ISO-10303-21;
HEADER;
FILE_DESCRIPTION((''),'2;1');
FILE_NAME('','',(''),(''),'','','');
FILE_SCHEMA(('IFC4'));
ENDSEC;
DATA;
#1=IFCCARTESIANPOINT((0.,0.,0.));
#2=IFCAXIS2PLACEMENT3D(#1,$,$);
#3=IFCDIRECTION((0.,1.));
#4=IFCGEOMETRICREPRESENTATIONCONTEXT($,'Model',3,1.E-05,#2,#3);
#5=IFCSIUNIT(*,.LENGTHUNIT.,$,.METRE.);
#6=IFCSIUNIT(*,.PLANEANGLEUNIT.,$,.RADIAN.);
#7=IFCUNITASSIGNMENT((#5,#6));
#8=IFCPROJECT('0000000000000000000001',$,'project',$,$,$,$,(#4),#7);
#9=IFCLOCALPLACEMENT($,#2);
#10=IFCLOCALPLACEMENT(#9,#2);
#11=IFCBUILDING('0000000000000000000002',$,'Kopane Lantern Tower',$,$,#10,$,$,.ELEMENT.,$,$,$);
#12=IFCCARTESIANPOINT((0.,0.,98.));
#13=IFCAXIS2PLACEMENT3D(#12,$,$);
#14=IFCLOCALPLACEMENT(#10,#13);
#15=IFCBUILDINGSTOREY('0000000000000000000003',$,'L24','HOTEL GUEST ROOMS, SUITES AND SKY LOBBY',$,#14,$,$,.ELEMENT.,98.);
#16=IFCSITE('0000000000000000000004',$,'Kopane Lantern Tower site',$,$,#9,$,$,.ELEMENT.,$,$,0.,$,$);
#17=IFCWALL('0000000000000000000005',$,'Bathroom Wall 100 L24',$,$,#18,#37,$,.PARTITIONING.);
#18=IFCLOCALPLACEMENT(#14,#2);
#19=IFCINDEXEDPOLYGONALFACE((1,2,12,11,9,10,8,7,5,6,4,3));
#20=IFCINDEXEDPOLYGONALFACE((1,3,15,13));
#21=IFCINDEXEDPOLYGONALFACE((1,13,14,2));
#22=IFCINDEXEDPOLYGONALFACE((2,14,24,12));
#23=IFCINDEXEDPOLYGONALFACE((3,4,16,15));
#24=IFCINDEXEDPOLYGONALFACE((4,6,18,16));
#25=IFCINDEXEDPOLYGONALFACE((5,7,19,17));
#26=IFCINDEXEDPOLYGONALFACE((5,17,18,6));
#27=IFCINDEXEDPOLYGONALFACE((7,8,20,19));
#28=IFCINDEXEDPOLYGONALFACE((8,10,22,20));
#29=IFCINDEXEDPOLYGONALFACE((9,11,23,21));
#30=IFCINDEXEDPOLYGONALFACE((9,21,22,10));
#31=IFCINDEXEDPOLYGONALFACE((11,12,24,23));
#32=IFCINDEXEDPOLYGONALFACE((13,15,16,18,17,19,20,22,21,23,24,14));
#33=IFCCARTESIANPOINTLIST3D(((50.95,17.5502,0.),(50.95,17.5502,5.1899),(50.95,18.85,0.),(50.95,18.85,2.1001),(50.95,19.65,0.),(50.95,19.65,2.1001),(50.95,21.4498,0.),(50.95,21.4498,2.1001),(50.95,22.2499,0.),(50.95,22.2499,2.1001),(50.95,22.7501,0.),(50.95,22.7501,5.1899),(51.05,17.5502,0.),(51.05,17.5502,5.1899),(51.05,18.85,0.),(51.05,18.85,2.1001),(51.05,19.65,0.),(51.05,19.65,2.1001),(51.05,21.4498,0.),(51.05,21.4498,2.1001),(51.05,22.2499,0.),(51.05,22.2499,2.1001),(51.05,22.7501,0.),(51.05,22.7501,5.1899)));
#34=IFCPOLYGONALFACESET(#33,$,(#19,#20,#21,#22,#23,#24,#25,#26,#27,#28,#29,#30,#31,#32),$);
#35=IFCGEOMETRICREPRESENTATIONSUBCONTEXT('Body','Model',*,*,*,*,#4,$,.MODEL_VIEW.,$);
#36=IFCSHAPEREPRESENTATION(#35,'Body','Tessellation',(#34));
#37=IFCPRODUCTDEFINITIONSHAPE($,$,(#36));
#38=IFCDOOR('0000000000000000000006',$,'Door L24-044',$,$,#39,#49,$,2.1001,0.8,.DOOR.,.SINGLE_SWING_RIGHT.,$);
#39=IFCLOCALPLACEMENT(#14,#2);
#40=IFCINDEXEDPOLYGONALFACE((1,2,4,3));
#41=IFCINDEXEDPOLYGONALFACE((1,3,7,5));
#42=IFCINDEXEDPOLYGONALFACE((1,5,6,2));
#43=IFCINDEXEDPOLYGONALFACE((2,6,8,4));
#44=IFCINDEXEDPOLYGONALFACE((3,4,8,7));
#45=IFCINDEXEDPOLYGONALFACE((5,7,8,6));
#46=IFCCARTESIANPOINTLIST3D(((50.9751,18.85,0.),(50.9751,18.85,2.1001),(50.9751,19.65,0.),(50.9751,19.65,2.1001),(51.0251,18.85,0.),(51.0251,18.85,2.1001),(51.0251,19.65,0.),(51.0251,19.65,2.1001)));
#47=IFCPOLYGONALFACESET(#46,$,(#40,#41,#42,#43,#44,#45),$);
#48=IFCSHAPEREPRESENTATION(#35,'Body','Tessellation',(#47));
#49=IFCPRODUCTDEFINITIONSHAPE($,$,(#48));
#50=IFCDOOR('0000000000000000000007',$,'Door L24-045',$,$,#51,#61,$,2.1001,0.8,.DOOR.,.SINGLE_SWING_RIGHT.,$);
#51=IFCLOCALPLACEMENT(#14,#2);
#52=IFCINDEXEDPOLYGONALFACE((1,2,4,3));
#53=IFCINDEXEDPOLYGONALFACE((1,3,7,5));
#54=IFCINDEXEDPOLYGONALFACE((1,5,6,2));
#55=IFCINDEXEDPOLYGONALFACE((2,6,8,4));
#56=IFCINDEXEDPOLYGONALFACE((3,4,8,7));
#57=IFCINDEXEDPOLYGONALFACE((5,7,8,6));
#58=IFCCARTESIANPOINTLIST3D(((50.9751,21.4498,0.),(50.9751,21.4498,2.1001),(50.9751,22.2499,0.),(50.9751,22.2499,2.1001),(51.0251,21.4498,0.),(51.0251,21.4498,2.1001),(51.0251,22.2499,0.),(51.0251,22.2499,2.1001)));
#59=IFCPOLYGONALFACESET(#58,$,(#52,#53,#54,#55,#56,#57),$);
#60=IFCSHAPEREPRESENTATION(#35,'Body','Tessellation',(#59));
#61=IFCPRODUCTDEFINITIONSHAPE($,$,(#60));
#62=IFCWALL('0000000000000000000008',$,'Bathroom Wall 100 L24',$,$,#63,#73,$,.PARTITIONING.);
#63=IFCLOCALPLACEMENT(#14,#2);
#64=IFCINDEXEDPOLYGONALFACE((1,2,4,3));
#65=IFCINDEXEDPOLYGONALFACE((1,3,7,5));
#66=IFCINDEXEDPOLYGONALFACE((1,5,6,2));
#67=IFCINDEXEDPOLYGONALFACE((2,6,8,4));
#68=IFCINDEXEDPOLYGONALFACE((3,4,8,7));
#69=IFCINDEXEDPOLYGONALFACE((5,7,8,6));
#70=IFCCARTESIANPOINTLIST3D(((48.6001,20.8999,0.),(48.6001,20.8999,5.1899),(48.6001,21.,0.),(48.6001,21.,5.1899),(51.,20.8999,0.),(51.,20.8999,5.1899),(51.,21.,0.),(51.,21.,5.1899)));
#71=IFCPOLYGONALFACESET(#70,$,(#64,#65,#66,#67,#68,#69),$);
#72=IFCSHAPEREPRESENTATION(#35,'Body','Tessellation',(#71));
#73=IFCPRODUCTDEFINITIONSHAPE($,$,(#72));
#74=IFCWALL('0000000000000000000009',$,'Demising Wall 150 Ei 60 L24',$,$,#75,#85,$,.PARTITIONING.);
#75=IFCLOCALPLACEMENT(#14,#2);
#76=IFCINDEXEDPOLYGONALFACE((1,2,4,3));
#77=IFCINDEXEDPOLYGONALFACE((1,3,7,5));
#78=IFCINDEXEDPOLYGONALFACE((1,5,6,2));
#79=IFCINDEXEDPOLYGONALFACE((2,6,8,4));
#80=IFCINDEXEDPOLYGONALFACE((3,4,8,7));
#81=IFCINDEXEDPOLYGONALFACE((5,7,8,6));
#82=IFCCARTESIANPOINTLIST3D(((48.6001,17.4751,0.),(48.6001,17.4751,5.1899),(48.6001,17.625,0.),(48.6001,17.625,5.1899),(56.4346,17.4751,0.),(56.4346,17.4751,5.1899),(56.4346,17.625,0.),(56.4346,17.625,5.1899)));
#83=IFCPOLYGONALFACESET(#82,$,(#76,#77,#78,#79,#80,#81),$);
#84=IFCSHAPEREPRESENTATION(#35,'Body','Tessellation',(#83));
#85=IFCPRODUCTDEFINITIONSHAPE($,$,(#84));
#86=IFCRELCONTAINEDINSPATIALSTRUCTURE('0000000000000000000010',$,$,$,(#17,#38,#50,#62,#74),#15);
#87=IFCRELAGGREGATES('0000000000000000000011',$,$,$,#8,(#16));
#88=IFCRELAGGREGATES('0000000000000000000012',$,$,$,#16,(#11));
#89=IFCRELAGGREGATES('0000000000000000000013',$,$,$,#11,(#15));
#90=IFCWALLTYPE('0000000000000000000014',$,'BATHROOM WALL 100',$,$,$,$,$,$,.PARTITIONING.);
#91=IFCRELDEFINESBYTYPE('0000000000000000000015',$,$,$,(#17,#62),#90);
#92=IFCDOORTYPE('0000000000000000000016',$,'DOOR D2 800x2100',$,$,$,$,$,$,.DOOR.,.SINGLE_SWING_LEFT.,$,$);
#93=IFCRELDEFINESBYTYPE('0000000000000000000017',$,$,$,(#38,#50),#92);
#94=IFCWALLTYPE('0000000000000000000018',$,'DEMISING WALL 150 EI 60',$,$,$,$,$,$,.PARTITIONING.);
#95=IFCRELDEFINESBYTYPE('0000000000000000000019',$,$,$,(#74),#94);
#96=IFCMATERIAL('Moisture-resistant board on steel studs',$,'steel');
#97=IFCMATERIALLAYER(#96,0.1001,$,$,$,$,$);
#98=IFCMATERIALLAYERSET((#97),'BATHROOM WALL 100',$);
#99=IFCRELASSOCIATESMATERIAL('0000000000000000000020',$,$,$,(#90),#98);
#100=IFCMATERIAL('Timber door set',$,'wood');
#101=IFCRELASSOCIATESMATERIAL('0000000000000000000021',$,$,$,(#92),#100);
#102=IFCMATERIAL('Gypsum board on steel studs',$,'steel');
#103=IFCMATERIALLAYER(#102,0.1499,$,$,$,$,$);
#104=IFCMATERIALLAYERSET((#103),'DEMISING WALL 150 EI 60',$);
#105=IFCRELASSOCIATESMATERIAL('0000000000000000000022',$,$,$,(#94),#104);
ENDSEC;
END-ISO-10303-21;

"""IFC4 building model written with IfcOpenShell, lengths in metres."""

from ifc_helpers import new_model, si_unit, direction, frame, frame_2d, origin, place, context, subcontext, project, spatial, rectangle, extrude, material, layer, layer_set, type_object, element, fill, save


model = new_model("IFC4")

# Units and contexts
model_context = context("Model", 3, precision=1e-05, world=origin(), true_north=direction((0.0, 1.0)))
body_context = subcontext(model_context, "Body", "Model", "MODEL_VIEW")
ifc_project = project(units=[si_unit("LENGTHUNIT", "METRE"), si_unit("PLANEANGLEUNIT", "RADIAN")], contexts=[model_context])

# Site, building, storey
site_placement = place(None, origin())
site = spatial("IfcSite", under=ifc_project, at=site_placement, Name="Kopane Lantern Tower site", CompositionType="ELEMENT", RefElevation=0.0)
building_placement = place(site_placement, origin())
building = spatial("IfcBuilding", under=site, at=building_placement, Name="Kopane Lantern Tower", CompositionType="ELEMENT")
storey_placement = place(building_placement, frame((0.0, 0.0, 98.0)))
storey = spatial("IfcBuildingStorey", under=building, at=storey_placement, Name="L24", Description="HOTEL GUEST ROOMS, SUITES AND SKY LOBBY", CompositionType="ELEMENT", Elevation=98.0)

# Wall, openings, doors
ifc_material_1 = material(Name="Moisture-resistant board on steel studs", Category="steel")
ifc_layer_1 = layer(ifc_material_1, 0.1001)
ifc_layer_set_1 = layer_set([ifc_layer_1], Name="BATHROOM WALL 100")
wall_type_1 = type_object("IfcWallType", Name="BATHROOM WALL 100", PredefinedType="PARTITIONING", material=ifc_layer_set_1)
wall_1_placement = place(storey_placement, frame((51.0, 17.55, 0.0), z_axis=(0.0, 0.0, 1.0), x_axis=(0.0, 1.0, 0.0)))
wall_1 = element("IfcWall", 1, at=wall_1_placement, inside=storey, type_object=wall_type_1, Name="Bathroom Wall 100 L24", PredefinedType="PARTITIONING", context=body_context, shape_type="SweptSolid", body=[
    extrude(rectangle(XDim=5.2, YDim=0.1001, at=frame_2d((2.6001, 0.0))), origin(), (0.0, 0.0, 1.0), 5.1899),
])
opening_1_placement = place(wall_1_placement, frame((1.3, 0.0, 0.0)))
opening_1 = element("IfcOpeningElement", 2, at=opening_1_placement, cuts=wall_1, PredefinedType="OPENING", context=body_context, shape_type="SweptSolid", body=[
    extrude(rectangle(XDim=0.8, YDim=2.1001, at=frame_2d((0.3999, 1.05))), frame((0.0, 0.0601, 0.0), z_axis=(0.0, -1.0, 0.0), x_axis=(1.0, 0.0, 0.0)), (0.0, 0.0, 1.0), 0.1201),
])
opening_2_placement = place(wall_1_placement, frame((3.8999, 0.0, 0.0)))
opening_2 = element("IfcOpeningElement", 3, at=opening_2_placement, cuts=wall_1, PredefinedType="OPENING", context=body_context, shape_type="SweptSolid", body=[
    extrude(rectangle(XDim=0.8, YDim=2.1001, at=frame_2d((0.3999, 1.05))), frame((0.0, 0.0601, 0.0), z_axis=(0.0, -1.0, 0.0), x_axis=(1.0, 0.0, 0.0)), (0.0, 0.0, 1.0), 0.1201),
])
ifc_material_2 = material(Name="Timber door set", Category="wood")
door_type = type_object("IfcDoorType", Name="DOOR D2 800x2100", OperationType="SINGLE_SWING_LEFT", PredefinedType="DOOR", material=ifc_material_2)
door_1_placement = place(opening_1_placement, origin())
door_1 = element("IfcDoor", 4, at=door_1_placement, inside=storey, type_object=door_type, Name="Door L24-044", OperationType="SINGLE_SWING_RIGHT", OverallHeight=2.1001, OverallWidth=0.8, PredefinedType="DOOR", context=body_context, shape_type="SweptSolid", body=[
    extrude(rectangle(XDim=0.8, YDim=2.1001, at=frame_2d((0.3999, 1.05))), frame((0.0, 0.0249, 0.0), z_axis=(0.0, -1.0, 0.0), x_axis=(1.0, 0.0, 0.0)), (0.0, 0.0, 1.0), 0.05),
])
fill(opening_1, door_1)
door_2_placement = place(opening_2_placement, origin())
door_2 = element("IfcDoor", 5, at=door_2_placement, inside=storey, type_object=door_type, Name="Door L24-045", OperationType="SINGLE_SWING_RIGHT", OverallHeight=2.1001, OverallWidth=0.8, PredefinedType="DOOR", context=body_context, shape_type="SweptSolid", body=[
    extrude(rectangle(XDim=0.8, YDim=2.1001, at=frame_2d((0.3999, 1.05))), frame((0.0, 0.0249, 0.0), z_axis=(0.0, -1.0, 0.0), x_axis=(1.0, 0.0, 0.0)), (0.0, 0.0, 1.0), 0.05),
])
fill(opening_2, door_2)

# Walls
wall_2_placement = place(storey_placement, frame((48.6001, 20.95, 0.0), z_axis=(0.0, 0.0, 1.0), x_axis=(1.0, 0.0, 0.0)))
element("IfcWall", 6, at=wall_2_placement, inside=storey, type_object=wall_type_1, Name="Bathroom Wall 100 L24", PredefinedType="PARTITIONING", context=body_context, shape_type="SweptSolid", body=[
    extrude(rectangle(XDim=2.3999, YDim=0.1001, at=frame_2d((1.2, 0.0))), origin(), (0.0, 0.0, 1.0), 5.1899),
])
ifc_material_3 = material(Name="Gypsum board on steel studs", Category="steel")
ifc_layer_2 = layer(ifc_material_3, 0.1499)
ifc_layer_set_2 = layer_set([ifc_layer_2], Name="DEMISING WALL 150 EI 60")
wall_type_2 = type_object("IfcWallType", Name="DEMISING WALL 150 EI 60", PredefinedType="PARTITIONING", material=ifc_layer_set_2)
wall_3_placement = place(storey_placement, frame((48.6001, 17.55, 0.0), z_axis=(0.0, 0.0, 1.0), x_axis=(1.0, 0.0, 0.0)))
element("IfcWall", 7, at=wall_3_placement, inside=storey, type_object=wall_type_2, Name="Demising Wall 150 Ei 60 L24", PredefinedType="PARTITIONING", context=body_context, shape_type="SweptSolid", body=[
    extrude(rectangle(XDim=7.8345, YDim=0.1499, at=frame_2d((3.9172, 0.0))), origin(), (0.0, 0.0, 1.0), 5.1899),
])

save(model, "model.ifc")
